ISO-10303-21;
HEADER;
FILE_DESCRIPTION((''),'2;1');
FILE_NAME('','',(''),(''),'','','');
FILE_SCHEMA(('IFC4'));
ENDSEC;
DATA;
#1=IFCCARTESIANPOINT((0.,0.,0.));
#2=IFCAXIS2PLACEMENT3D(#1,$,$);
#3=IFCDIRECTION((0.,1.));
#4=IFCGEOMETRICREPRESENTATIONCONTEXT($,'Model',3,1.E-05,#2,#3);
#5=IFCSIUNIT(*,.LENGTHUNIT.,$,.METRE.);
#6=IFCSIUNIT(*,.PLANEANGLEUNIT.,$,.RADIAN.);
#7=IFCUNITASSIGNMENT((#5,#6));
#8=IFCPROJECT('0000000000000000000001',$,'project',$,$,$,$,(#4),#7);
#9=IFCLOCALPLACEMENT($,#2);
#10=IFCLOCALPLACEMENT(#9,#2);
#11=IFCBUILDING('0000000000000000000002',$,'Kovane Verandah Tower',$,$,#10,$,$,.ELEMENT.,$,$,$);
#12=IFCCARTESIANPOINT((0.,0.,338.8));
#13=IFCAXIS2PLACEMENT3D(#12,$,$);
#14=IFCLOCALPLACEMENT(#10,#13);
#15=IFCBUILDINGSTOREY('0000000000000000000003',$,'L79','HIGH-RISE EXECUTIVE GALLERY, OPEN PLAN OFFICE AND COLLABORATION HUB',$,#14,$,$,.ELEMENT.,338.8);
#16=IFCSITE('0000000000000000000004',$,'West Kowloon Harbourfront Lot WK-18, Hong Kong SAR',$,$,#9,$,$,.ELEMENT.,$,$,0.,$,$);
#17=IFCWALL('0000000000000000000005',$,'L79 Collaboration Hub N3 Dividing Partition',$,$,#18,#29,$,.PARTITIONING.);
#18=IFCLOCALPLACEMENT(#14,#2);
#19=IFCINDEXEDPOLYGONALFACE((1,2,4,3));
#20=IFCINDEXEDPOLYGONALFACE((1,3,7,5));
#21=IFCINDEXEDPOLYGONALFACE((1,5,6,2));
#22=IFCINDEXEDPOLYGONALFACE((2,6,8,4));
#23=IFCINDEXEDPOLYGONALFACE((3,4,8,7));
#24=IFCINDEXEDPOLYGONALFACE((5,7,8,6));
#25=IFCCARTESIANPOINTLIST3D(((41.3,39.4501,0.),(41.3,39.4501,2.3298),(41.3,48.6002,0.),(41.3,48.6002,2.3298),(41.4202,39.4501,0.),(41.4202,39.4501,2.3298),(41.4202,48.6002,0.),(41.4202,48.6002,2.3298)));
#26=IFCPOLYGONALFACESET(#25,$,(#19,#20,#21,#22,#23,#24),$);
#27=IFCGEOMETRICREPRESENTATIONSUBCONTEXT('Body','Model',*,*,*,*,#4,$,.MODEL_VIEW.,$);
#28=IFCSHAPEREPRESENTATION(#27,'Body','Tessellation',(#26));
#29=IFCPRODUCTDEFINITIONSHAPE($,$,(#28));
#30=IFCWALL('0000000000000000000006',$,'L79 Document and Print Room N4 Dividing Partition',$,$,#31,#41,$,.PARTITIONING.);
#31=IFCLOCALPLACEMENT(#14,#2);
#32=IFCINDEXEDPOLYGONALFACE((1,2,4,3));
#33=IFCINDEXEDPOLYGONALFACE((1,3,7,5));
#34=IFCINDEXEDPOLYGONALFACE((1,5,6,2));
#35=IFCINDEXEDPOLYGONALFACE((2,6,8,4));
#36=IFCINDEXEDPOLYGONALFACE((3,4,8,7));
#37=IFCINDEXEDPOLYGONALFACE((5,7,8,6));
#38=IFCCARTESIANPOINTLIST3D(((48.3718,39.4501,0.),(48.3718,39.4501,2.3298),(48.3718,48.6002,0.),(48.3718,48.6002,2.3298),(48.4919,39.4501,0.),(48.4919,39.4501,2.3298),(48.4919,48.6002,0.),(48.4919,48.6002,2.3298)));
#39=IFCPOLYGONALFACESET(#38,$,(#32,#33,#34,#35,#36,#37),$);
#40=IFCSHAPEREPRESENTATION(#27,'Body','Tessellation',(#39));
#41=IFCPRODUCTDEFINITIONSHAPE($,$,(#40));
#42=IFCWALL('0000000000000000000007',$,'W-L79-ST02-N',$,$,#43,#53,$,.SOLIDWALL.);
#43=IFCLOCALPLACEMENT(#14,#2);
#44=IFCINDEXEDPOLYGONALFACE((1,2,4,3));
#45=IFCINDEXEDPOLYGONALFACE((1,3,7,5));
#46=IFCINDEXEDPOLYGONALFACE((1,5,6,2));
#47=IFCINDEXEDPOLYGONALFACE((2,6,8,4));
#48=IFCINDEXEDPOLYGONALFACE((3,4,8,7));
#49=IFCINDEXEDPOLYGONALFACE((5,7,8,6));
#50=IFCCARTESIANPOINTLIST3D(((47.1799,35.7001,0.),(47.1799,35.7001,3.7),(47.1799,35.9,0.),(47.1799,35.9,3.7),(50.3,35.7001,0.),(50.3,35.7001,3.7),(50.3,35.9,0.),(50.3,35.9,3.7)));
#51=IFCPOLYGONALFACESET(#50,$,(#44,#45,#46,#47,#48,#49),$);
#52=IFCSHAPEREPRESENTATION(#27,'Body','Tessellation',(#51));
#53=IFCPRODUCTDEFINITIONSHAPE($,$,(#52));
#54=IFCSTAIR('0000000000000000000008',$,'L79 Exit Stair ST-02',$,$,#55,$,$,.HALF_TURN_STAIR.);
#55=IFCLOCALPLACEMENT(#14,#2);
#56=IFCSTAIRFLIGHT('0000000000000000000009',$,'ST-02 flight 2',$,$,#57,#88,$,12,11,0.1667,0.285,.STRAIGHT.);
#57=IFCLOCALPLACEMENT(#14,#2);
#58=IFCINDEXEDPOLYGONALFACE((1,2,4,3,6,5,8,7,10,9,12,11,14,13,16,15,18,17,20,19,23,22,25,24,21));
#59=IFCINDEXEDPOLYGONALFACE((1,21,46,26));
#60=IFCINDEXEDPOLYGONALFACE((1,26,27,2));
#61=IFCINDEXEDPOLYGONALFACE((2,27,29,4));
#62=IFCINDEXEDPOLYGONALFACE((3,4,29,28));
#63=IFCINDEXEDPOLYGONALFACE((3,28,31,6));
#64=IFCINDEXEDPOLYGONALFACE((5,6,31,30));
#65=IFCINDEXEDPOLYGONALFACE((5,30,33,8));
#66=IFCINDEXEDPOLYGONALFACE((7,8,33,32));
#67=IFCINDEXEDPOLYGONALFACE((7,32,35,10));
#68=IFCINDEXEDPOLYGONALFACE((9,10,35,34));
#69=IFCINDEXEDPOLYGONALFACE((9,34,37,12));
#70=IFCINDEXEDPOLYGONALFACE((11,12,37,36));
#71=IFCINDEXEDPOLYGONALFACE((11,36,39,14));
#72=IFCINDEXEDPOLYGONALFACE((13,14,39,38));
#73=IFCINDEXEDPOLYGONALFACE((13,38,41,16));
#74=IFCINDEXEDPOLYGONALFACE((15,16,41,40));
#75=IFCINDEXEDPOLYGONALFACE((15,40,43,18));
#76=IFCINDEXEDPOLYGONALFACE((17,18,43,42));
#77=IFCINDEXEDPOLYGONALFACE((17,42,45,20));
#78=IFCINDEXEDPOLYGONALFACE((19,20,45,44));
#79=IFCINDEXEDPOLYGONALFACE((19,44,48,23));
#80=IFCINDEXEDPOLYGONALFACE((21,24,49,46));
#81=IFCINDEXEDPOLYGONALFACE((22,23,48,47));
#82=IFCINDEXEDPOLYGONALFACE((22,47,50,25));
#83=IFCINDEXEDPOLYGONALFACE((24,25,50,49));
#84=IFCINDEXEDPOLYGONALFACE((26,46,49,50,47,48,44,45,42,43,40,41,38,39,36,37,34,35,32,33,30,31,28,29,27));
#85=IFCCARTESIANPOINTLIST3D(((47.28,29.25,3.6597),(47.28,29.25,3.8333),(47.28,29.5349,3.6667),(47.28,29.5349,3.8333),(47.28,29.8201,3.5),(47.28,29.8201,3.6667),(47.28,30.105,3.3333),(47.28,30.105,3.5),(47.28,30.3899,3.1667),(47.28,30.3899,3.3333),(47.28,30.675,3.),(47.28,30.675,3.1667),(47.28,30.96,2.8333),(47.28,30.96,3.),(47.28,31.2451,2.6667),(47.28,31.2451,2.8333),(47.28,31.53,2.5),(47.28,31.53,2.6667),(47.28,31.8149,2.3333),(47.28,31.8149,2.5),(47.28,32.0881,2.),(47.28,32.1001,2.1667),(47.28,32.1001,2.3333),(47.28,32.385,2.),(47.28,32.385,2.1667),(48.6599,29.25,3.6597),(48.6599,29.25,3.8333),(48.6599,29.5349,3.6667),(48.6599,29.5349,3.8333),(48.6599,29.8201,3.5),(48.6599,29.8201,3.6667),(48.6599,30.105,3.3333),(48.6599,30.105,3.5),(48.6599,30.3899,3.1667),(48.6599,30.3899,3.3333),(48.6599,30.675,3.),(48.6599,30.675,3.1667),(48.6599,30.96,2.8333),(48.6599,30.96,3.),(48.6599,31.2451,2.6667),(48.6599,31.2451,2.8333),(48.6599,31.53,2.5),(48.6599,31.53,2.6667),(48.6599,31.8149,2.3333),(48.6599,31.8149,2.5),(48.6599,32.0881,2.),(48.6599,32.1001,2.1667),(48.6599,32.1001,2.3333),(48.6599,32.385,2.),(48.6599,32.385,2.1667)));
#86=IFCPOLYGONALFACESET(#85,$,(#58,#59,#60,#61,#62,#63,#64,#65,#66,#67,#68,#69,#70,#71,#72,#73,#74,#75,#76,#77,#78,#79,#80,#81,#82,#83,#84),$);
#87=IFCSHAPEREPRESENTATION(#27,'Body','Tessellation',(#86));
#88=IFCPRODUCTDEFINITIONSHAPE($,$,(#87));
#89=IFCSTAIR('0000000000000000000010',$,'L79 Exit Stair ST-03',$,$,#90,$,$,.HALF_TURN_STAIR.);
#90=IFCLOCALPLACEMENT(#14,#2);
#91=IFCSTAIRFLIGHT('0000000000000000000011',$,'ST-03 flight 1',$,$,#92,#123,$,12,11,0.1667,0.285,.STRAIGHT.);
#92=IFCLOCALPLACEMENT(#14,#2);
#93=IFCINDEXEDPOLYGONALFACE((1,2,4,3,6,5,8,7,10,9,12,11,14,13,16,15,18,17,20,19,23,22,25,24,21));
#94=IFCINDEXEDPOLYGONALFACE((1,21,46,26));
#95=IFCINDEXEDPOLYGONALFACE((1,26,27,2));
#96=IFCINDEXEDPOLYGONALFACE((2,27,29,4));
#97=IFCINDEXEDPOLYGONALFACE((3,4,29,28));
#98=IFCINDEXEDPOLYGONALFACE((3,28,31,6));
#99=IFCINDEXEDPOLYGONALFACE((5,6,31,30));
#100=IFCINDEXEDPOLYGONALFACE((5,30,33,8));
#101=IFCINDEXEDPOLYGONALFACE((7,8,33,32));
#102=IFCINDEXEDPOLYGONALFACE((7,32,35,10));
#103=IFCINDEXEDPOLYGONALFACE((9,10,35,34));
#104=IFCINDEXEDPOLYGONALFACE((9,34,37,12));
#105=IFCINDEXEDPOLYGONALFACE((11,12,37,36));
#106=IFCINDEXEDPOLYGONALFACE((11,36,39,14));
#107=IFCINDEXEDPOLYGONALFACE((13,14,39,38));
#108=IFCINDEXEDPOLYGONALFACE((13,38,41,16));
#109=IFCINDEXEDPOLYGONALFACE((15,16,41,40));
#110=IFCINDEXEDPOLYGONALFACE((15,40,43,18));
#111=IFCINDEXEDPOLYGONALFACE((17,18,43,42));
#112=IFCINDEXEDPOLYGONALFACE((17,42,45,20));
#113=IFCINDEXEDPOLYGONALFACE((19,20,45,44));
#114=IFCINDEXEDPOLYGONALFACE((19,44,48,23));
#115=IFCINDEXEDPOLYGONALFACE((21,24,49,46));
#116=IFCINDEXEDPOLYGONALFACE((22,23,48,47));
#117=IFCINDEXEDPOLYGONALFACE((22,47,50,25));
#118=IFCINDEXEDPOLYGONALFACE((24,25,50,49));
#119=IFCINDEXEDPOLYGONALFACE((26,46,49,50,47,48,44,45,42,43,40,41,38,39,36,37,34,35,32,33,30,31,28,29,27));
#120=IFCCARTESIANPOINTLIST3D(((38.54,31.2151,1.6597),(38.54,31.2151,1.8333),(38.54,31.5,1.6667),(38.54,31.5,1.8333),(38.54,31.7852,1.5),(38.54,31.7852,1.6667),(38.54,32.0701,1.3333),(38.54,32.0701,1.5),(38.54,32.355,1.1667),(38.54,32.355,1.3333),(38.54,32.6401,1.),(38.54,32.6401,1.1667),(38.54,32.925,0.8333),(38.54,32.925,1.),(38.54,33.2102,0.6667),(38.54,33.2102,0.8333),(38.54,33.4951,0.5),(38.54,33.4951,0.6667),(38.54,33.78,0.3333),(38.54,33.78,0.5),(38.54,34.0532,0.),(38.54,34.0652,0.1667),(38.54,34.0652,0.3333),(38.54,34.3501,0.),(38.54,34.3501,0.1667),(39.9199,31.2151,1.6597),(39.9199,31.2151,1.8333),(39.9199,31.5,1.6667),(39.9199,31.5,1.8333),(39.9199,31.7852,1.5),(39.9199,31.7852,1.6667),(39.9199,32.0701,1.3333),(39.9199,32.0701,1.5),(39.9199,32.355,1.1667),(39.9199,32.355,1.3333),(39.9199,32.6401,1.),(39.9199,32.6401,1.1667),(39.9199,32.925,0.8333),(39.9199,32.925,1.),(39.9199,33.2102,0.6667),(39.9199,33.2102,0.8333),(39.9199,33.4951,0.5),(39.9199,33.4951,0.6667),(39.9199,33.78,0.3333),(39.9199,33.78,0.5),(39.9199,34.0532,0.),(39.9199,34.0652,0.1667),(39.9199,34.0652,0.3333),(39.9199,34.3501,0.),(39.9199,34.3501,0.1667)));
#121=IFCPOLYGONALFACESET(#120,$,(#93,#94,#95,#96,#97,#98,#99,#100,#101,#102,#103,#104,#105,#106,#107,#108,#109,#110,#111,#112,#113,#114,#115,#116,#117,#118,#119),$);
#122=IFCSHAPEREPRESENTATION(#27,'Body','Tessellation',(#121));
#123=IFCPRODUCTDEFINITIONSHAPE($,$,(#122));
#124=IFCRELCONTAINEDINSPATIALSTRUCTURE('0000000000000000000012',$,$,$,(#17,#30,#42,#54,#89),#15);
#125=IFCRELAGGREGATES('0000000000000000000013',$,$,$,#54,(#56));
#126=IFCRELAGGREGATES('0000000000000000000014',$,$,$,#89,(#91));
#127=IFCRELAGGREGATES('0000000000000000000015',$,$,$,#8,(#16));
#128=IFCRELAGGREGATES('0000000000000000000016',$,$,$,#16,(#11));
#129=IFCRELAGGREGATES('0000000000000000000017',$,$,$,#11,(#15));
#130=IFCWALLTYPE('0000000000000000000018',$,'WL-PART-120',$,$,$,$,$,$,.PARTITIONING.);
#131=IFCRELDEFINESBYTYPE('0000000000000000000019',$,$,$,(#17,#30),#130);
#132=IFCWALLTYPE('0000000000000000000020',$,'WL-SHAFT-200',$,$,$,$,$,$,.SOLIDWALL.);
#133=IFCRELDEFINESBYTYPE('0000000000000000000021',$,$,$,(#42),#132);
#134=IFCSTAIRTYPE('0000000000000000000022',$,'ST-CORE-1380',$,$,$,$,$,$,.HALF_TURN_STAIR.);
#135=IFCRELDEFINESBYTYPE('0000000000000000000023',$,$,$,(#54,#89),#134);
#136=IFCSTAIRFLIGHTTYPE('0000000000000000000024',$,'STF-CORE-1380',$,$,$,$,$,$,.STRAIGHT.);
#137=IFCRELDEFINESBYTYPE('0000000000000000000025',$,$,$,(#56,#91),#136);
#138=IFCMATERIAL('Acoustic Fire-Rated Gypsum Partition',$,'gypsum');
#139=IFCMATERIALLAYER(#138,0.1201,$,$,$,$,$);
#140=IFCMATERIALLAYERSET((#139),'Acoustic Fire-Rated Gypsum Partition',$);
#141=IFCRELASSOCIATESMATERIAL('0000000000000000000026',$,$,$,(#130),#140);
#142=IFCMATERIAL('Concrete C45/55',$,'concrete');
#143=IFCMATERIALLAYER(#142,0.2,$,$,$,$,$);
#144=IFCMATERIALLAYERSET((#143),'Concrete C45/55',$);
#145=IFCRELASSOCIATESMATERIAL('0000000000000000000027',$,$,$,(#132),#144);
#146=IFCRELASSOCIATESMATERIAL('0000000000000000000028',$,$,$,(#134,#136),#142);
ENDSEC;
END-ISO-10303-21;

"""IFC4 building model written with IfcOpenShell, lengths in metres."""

from ifc_helpers import new_model, si_unit, direction, frame, frame_2d, origin, place, context, subcontext, project, spatial, polyline, rectangle, outline, extrude, material, layer, layer_set, type_object, element, aggregate, save


model = new_model("IFC4")

# Units and contexts
model_context = context("Model", 3, precision=1e-05, world=origin(), true_north=direction((0.0, 1.0)))
body_context = subcontext(model_context, "Body", "Model", "MODEL_VIEW")
ifc_project = project(units=[si_unit("LENGTHUNIT", "METRE"), si_unit("PLANEANGLEUNIT", "RADIAN")], contexts=[model_context])

# Site, building, storey
site_placement = place(None, origin())
site = spatial("IfcSite", under=ifc_project, at=site_placement, Name="West Kowloon Harbourfront Lot WK-18, Hong Kong SAR", CompositionType="ELEMENT", RefElevation=0.0)
building_placement = place(site_placement, origin())
building = spatial("IfcBuilding", under=site, at=building_placement, Name="Kovane Verandah Tower", CompositionType="ELEMENT")
storey_placement = place(building_placement, frame((0.0, 0.0, 338.8)))
storey = spatial("IfcBuildingStorey", under=building, at=storey_placement, Name="L79", Description="HIGH-RISE EXECUTIVE GALLERY, OPEN PLAN OFFICE AND COLLABORATION HUB", CompositionType="ELEMENT", Elevation=338.8)

# Walls
ifc_material_1 = material(Name="Acoustic Fire-Rated Gypsum Partition", Category="gypsum")
ifc_layer_1 = layer(ifc_material_1, 0.1201)
ifc_layer_set_1 = layer_set([ifc_layer_1], Name="Acoustic Fire-Rated Gypsum Partition")
wall_type_1 = type_object("IfcWallType", Name="WL-PART-120", PredefinedType="PARTITIONING", material=ifc_layer_set_1)
for number, where, z_axis, x_axis, name in (
    (1, (41.3601, 39.45, 0.0), (0.0, 0.0, 1.0), (0.0, 1.0, 0.0), "L79 Collaboration Hub N3 Dividing Partition"),
    (2, (48.4319, 39.45, 0.0), (0.0, 0.0, 1.0), (0.0, 1.0, 0.0), "L79 Document and Print Room N4 Dividing Partition"),
):
    element("IfcWall", number, at=place(storey_placement, frame(where, z_axis=z_axis, x_axis=x_axis)), inside=storey, type_object=wall_type_1, Name=name, PredefinedType="PARTITIONING", context=body_context, shape_type="SweptSolid", body=[
        extrude(rectangle(XDim=9.1501, YDim=0.1201, at=frame_2d((4.5752, 0.0))), origin(), (0.0, 0.0, 1.0), 2.3298),
    ])
ifc_material_2 = material(Name="Concrete C45/55", Category="concrete")
ifc_layer_2 = layer(ifc_material_2, 0.2)
ifc_layer_set_2 = layer_set([ifc_layer_2], Name="Concrete C45/55")
wall_type_2 = type_object("IfcWallType", Name="WL-SHAFT-200", PredefinedType="SOLIDWALL", material=ifc_layer_set_2)
wall_1_placement = place(storey_placement, frame((47.1799, 35.8, 0.0), z_axis=(0.0, 0.0, 1.0), x_axis=(1.0, 0.0, 0.0)))
element("IfcWall", 3, at=wall_1_placement, inside=storey, type_object=wall_type_2, Name="W-L79-ST02-N", PredefinedType="SOLIDWALL", context=body_context, shape_type="SweptSolid", body=[
    extrude(rectangle(XDim=3.1201, YDim=0.2, at=frame_2d((1.5601, 0.0))), origin(), (0.0, 0.0, 1.0), 3.7),
])

# Stairs, stair flights
stair_type = type_object("IfcStairType", Name="ST-CORE-1380", PredefinedType="HALF_TURN_STAIR", material=ifc_material_2)
stair_1_placement = place(storey_placement, origin())
stair_1 = element("IfcStair", 4, at=stair_1_placement, inside=storey, type_object=stair_type, Name="L79 Exit Stair ST-02", PredefinedType="HALF_TURN_STAIR")
stair_flight_type = type_object("IfcStairFlightType", Name="STF-CORE-1380", PredefinedType="STRAIGHT", material=ifc_material_2)
stair_flight_1_placement = place(storey_placement, frame((47.97, 32.385, 2.0), z_axis=(0.0, 0.0, 1.0), x_axis=(0.0, -1.0, 0.0)))
stair_flight_1 = element("IfcStairFlight", 5, at=stair_flight_1_placement, type_object=stair_flight_type, Name="ST-02 flight 2", NumberOfRisers=12, NumberOfTreads=11, PredefinedType="STRAIGHT", RiserHeight=0.1667, TreadLength=0.285, context=body_context, shape_type="SweptSolid", body=[
    extrude(outline(polyline([(0.0, 0.0), (0.0, 0.1667), (0.2849, 0.1667), (0.2849, 0.3333), (0.5701, 0.3333), (0.5701, 0.5), (0.855, 0.5), (0.855, 0.6667), (1.1399, 0.6667), (1.1399, 0.8333), (1.425, 0.8333), (1.425, 1.0), (1.71, 1.0), (1.71, 1.1667), (1.9951, 1.1667), (1.9951, 1.3333), (2.28, 1.3333), (2.28, 1.5), (2.5649, 1.5), (2.5649, 1.6667), (2.8501, 1.6667), (2.8501, 1.8333), (3.135, 1.8333), (3.135, 2.0), (3.135, 1.6597), (0.2969, 0.0), (0.0, 0.0)])), frame((0.0, 0.6899, 0.0), z_axis=(0.0, -1.0, 0.0), x_axis=(1.0, 0.0, 0.0)), (0.0, 0.0, 1.0), 1.3799),
])
aggregate(stair_1, [stair_flight_1])
stair_2_placement = place(storey_placement, origin())
stair_2 = element("IfcStair", 6, at=stair_2_placement, inside=storey, type_object=stair_type, Name="L79 Exit Stair ST-03", PredefinedType="HALF_TURN_STAIR")
stair_flight_2_placement = place(storey_placement, frame((39.23, 34.3501, 0.0), z_axis=(0.0, 0.0, 1.0), x_axis=(0.0, -1.0, 0.0)))
stair_flight_2 = element("IfcStairFlight", 7, at=stair_flight_2_placement, type_object=stair_flight_type, Name="ST-03 flight 1", NumberOfRisers=12, NumberOfTreads=11, PredefinedType="STRAIGHT", RiserHeight=0.1667, TreadLength=0.285, context=body_context, shape_type="SweptSolid", body=[
    extrude(outline(polyline([(0.0, 0.0), (0.0, 0.1667), (0.2849, 0.1667), (0.2849, 0.3333), (0.5701, 0.3333), (0.5701, 0.5), (0.855, 0.5), (0.855, 0.6667), (1.1399, 0.6667), (1.1399, 0.8333), (1.425, 0.8333), (1.425, 1.0), (1.71, 1.0), (1.71, 1.1667), (1.9951, 1.1667), (1.9951, 1.3333), (2.28, 1.3333), (2.28, 1.5), (2.5649, 1.5), (2.5649, 1.6667), (2.8501, 1.6667), (2.8501, 1.8333), (3.135, 1.8333), (3.135, 2.0), (3.135, 1.6597), (0.2969, 0.0), (0.0, 0.0)])), frame((0.0, 0.6899, 0.0), z_axis=(0.0, -1.0, 0.0), x_axis=(1.0, 0.0, 0.0)), (0.0, 0.0, 1.0), 1.3799),
])
aggregate(stair_2, [stair_flight_2])

save(model, "model.ifc")
